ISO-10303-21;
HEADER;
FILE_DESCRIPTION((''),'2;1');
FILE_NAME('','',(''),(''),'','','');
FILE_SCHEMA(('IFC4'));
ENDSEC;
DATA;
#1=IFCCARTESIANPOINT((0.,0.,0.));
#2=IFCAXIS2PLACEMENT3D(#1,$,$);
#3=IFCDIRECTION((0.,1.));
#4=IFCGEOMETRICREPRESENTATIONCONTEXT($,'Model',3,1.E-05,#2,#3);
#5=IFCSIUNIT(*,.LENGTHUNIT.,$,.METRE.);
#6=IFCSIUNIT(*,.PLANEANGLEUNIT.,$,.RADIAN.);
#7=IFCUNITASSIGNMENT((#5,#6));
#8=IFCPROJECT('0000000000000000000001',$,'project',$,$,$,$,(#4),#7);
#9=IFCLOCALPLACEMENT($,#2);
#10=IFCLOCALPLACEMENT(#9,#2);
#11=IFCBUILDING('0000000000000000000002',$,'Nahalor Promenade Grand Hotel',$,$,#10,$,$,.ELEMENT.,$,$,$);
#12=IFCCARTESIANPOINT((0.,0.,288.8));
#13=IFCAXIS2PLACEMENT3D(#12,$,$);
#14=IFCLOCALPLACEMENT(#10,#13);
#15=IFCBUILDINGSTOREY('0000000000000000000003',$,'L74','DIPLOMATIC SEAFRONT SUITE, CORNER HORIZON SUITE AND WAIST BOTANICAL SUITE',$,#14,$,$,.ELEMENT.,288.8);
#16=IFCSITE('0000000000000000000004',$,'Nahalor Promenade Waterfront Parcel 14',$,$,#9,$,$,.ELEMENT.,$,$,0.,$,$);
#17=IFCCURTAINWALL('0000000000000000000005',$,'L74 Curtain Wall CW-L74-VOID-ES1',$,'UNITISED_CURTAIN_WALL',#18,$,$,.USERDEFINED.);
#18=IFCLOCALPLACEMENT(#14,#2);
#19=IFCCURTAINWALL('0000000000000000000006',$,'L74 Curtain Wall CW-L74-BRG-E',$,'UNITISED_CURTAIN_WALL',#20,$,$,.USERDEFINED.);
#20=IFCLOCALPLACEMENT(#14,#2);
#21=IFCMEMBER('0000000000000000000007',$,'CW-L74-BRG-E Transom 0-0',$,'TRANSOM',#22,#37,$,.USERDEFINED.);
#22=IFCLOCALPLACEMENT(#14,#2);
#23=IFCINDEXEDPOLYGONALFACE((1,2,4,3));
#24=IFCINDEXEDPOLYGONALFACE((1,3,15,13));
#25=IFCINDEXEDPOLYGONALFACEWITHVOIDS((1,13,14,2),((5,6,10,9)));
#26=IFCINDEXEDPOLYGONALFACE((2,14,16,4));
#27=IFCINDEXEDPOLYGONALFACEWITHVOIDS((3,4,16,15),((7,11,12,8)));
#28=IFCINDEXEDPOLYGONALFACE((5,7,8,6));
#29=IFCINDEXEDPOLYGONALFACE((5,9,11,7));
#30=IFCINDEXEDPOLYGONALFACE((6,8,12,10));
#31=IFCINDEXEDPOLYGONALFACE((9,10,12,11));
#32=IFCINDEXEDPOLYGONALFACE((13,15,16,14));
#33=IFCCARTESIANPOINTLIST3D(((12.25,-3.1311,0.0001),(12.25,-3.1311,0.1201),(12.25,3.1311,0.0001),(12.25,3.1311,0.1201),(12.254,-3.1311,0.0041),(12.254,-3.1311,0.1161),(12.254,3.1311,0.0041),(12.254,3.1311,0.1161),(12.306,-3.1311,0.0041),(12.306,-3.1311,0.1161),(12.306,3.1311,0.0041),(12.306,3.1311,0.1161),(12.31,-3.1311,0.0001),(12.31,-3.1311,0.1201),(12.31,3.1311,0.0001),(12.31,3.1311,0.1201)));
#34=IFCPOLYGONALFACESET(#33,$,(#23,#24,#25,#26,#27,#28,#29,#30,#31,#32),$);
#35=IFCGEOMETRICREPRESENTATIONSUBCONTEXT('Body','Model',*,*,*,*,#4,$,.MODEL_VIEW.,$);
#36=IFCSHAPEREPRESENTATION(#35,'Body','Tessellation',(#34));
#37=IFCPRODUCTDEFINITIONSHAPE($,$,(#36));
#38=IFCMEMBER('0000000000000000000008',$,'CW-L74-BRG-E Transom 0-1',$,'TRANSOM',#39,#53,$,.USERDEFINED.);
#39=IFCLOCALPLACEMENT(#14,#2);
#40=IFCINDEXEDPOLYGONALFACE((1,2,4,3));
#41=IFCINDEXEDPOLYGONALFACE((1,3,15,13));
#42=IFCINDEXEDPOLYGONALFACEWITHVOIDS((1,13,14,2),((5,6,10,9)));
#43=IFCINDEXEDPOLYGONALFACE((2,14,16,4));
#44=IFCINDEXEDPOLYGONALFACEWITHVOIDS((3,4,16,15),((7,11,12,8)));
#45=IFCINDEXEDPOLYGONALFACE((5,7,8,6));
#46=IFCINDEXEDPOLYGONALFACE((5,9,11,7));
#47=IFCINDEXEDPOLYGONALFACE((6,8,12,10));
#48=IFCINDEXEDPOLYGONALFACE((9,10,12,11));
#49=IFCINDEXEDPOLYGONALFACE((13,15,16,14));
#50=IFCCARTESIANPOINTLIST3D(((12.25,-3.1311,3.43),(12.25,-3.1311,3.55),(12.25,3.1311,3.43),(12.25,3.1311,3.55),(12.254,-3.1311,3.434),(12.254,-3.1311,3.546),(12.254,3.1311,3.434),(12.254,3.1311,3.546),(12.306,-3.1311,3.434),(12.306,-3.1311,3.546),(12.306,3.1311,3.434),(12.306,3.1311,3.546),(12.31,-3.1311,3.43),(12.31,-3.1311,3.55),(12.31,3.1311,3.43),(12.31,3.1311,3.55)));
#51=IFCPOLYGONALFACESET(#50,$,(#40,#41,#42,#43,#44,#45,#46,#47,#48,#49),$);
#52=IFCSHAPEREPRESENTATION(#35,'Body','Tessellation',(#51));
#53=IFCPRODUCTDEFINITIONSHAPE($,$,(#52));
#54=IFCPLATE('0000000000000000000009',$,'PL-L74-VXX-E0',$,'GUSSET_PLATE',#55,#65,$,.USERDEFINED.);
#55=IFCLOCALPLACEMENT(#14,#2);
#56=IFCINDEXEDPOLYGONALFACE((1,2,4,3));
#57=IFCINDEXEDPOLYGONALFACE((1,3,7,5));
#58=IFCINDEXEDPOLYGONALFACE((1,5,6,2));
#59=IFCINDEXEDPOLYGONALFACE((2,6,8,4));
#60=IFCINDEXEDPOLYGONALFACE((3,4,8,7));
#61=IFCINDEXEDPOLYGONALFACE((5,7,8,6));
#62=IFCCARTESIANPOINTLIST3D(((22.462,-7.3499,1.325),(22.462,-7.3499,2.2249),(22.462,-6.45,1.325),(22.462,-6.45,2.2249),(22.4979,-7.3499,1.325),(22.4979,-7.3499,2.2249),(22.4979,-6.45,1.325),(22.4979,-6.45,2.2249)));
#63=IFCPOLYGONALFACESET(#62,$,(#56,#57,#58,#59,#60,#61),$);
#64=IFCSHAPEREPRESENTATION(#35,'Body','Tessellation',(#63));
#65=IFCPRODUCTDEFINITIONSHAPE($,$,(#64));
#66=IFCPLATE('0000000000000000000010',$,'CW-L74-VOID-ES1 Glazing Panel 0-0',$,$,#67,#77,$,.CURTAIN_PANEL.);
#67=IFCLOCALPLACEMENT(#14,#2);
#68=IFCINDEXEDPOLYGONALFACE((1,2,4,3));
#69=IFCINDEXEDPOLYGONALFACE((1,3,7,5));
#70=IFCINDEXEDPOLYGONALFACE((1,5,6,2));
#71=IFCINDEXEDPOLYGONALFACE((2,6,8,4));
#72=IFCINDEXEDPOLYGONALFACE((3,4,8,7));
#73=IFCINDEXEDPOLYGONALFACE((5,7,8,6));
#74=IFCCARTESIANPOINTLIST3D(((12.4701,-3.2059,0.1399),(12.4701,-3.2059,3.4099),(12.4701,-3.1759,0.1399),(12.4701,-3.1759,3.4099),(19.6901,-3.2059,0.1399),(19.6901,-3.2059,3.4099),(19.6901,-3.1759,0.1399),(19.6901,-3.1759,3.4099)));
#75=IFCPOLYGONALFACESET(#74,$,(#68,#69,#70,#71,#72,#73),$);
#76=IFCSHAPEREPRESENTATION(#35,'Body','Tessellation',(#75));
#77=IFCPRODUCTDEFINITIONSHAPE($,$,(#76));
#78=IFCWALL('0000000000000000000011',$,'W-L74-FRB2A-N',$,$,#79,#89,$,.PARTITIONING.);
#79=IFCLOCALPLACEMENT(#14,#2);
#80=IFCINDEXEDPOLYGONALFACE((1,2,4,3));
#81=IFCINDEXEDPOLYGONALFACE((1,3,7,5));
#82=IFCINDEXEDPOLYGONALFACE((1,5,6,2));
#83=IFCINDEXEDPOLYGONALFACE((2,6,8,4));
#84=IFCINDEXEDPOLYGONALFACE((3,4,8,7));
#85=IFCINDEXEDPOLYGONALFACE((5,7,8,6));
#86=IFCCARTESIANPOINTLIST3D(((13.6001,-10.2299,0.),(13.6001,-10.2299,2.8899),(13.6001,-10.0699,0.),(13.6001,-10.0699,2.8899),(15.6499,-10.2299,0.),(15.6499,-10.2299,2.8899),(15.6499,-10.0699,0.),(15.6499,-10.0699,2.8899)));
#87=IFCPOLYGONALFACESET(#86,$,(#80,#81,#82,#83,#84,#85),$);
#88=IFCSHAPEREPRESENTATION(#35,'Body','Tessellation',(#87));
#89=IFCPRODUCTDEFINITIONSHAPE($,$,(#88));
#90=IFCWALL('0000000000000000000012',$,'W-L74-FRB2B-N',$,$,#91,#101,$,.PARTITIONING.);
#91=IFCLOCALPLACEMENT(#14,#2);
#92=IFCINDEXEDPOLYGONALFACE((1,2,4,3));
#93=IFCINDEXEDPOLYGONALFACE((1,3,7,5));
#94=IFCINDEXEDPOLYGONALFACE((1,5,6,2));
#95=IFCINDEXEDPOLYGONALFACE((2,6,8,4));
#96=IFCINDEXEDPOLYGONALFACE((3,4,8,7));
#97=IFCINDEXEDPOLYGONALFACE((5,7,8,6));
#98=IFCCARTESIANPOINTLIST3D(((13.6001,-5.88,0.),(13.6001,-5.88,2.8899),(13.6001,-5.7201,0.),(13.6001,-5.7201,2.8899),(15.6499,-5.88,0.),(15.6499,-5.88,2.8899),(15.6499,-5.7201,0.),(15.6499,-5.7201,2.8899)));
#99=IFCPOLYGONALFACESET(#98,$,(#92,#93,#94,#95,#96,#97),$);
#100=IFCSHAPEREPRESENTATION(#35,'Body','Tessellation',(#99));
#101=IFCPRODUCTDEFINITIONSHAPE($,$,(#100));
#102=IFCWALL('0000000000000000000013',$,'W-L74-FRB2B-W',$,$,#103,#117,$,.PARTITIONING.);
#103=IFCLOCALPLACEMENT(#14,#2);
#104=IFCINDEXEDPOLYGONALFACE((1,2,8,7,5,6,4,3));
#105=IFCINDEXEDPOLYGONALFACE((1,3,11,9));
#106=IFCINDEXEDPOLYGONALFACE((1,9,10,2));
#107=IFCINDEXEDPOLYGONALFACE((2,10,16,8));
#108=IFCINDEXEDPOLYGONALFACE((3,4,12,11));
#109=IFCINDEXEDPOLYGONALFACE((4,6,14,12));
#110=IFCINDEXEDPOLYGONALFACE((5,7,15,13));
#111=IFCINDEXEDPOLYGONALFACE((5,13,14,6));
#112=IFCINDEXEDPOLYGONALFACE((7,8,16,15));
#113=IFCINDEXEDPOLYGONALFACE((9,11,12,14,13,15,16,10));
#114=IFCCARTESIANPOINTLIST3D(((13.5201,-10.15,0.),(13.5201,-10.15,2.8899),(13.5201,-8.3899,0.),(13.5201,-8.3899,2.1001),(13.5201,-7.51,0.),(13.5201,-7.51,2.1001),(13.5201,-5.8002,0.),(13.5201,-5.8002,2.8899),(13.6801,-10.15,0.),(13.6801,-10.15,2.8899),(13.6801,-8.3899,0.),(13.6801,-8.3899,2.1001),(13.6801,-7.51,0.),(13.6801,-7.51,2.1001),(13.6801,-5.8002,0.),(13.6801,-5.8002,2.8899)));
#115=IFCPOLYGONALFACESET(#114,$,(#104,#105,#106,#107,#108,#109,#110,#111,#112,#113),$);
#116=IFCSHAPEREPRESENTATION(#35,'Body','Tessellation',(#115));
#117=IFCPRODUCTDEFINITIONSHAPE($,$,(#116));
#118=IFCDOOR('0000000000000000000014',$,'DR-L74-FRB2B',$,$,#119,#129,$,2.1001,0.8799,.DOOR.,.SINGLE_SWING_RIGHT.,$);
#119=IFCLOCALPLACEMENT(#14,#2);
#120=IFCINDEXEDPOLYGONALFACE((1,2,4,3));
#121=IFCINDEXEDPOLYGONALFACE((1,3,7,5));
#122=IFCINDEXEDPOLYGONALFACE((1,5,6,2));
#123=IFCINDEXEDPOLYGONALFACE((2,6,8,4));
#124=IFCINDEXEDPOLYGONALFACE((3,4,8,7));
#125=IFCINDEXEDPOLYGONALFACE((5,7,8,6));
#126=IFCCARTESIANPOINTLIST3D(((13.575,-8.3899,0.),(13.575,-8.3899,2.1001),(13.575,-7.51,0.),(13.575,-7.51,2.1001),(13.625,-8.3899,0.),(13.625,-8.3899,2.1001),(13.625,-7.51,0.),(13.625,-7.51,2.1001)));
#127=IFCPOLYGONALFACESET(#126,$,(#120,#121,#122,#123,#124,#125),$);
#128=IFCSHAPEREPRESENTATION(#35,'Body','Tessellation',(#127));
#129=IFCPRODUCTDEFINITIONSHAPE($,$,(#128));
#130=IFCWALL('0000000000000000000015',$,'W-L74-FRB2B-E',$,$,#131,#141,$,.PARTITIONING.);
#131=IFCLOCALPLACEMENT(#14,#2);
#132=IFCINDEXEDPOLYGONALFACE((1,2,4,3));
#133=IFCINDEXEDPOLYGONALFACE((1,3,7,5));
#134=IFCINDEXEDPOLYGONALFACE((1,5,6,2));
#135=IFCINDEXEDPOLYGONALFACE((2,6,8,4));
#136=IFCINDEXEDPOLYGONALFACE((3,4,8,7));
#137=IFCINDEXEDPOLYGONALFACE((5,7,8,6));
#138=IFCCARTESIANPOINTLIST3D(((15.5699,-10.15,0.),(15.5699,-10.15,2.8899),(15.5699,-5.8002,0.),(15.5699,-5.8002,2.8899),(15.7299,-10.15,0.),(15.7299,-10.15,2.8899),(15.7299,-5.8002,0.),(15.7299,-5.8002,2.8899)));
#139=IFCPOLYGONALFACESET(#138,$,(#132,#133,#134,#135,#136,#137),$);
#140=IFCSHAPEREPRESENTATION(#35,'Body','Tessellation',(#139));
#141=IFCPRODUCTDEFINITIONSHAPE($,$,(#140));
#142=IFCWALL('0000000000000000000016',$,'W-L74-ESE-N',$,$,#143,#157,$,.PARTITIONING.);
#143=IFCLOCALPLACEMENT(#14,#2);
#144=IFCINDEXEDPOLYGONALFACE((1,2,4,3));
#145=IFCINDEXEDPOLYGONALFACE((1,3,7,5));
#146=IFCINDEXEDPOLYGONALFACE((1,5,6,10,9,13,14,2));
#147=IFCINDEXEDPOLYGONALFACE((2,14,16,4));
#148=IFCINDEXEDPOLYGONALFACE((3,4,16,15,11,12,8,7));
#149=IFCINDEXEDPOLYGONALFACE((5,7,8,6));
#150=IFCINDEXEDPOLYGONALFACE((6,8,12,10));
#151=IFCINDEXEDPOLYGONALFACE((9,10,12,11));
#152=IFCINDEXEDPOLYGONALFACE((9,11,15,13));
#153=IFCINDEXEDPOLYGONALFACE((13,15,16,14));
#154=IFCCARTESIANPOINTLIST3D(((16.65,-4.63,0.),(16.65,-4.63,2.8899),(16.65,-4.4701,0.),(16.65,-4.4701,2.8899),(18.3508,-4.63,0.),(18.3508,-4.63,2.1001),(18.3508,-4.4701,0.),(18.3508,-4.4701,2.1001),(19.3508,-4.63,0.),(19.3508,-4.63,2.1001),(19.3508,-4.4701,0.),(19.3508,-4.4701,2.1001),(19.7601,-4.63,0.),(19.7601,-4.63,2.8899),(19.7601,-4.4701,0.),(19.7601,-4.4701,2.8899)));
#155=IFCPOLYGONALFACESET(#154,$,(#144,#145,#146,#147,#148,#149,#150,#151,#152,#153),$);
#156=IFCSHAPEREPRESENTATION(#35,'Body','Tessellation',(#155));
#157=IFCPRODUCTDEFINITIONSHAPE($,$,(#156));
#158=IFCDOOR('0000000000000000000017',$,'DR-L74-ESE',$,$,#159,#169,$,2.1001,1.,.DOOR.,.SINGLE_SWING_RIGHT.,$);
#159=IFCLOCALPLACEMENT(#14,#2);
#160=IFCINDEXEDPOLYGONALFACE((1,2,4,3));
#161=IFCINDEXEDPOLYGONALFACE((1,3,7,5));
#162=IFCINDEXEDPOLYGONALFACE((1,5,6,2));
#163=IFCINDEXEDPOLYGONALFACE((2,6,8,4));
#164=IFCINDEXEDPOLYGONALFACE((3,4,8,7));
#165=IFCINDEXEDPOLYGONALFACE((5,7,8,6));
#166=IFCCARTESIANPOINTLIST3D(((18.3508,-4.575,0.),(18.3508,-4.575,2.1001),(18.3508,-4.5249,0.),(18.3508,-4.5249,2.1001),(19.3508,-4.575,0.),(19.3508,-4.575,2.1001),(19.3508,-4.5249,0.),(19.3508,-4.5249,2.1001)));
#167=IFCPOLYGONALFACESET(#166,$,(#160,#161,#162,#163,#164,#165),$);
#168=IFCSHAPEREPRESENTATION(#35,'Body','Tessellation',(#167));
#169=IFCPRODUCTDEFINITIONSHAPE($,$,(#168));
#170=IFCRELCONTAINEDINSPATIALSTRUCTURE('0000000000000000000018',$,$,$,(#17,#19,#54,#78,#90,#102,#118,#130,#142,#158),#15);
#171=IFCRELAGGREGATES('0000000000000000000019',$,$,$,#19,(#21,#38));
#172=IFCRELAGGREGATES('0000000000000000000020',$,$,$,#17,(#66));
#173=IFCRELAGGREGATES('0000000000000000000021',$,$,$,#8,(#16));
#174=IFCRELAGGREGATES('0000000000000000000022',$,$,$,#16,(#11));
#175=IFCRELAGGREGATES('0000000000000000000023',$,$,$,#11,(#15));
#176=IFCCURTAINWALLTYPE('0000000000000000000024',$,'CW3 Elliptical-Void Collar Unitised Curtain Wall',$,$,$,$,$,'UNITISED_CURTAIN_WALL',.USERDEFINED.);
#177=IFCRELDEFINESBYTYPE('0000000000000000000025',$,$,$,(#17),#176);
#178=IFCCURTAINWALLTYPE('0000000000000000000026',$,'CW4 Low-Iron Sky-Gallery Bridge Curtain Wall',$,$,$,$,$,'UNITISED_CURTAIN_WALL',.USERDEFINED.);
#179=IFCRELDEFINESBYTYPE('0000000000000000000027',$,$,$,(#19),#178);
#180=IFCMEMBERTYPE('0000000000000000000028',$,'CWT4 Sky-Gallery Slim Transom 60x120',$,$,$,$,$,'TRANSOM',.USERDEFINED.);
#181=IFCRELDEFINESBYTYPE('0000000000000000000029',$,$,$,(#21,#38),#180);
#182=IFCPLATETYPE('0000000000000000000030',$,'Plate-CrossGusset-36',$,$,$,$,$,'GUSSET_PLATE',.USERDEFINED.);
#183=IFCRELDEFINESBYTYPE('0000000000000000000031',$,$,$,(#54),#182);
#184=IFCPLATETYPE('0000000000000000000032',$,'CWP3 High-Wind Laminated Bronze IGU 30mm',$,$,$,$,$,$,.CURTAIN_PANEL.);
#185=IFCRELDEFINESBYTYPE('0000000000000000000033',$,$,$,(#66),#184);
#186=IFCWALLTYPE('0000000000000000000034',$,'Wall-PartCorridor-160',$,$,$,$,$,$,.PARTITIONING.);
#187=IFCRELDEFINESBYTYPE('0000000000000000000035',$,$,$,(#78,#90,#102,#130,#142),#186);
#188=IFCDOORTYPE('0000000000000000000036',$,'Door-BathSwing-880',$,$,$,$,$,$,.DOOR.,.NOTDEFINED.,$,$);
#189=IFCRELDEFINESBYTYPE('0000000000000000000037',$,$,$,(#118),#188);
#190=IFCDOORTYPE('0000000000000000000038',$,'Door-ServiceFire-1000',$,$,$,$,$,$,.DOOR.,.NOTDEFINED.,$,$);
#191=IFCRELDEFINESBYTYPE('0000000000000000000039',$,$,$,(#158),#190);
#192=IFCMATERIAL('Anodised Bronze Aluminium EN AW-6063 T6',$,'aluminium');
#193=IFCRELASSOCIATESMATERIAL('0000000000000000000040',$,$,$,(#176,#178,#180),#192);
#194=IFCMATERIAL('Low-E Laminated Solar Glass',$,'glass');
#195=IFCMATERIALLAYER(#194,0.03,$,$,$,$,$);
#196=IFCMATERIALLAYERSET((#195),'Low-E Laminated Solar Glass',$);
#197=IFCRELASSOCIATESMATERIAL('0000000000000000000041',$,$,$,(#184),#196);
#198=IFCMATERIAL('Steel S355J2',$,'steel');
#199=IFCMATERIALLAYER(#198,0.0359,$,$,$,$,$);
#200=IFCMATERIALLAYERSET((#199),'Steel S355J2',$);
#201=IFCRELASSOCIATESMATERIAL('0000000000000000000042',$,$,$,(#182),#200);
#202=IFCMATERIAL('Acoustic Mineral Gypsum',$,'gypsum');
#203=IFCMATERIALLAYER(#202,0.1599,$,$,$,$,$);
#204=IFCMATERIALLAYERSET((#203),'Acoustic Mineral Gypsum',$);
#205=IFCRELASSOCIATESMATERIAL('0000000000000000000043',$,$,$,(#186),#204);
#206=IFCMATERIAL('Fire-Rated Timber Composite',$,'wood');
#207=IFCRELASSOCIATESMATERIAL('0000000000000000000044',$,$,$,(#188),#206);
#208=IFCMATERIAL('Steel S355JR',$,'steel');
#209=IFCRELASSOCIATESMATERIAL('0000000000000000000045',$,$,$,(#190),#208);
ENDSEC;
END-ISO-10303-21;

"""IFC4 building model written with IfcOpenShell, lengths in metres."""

from ifc_helpers import new_model, si_unit, direction, frame, frame_2d, origin, origin_2d, place, context, subcontext, project, spatial, rectangle, hollow_rectangle, extrude, source, transform, mapped, material, layer, layer_set, material_profile, profile_set, type_object, element, fill, aggregate, save


model = new_model("IFC4")

# Units and contexts
model_context = context("Model", 3, precision=1e-05, world=origin(), true_north=direction((0.0, 1.0)))
body_context = subcontext(model_context, "Body", "Model", "MODEL_VIEW")
ifc_project = project(units=[si_unit("LENGTHUNIT", "METRE"), si_unit("PLANEANGLEUNIT", "RADIAN")], contexts=[model_context])

# Site, building, storey
site_placement = place(None, origin())
site = spatial("IfcSite", under=ifc_project, at=site_placement, Name="Nahalor Promenade Waterfront Parcel 14", CompositionType="ELEMENT", RefElevation=0.0)
building_placement = place(site_placement, origin())
building = spatial("IfcBuilding", under=site, at=building_placement, Name="Nahalor Promenade Grand Hotel", CompositionType="ELEMENT")
storey_placement = place(building_placement, frame((0.0, 0.0, 288.8)))
storey = spatial("IfcBuildingStorey", under=building, at=storey_placement, Name="L74", Description="DIPLOMATIC SEAFRONT SUITE, CORNER HORIZON SUITE AND WAIST BOTANICAL SUITE", CompositionType="ELEMENT", Elevation=288.8)

# Shared definitions
ifc_material_1 = material(Name="Steel S355JR", Category="steel")

# Curtain wall
ifc_material_2 = material(Name="Anodised Bronze Aluminium EN AW-6063 T6", Category="aluminium")
curtain_wall_type_1 = type_object("IfcCurtainWallType", Name="CW3 Elliptical-Void Collar Unitised Curtain Wall", ElementType="UNITISED_CURTAIN_WALL", PredefinedType="USERDEFINED", material=ifc_material_2)
curtain_wall_1_placement = place(storey_placement, origin())
curtain_wall_1 = element("IfcCurtainWall", 1, at=curtain_wall_1_placement, inside=storey, type_object=curtain_wall_type_1, Name="L74 Curtain Wall CW-L74-VOID-ES1", ObjectType="UNITISED_CURTAIN_WALL", PredefinedType="USERDEFINED")

# Curtain wall, members
curtain_wall_type_2 = type_object("IfcCurtainWallType", Name="CW4 Low-Iron Sky-Gallery Bridge Curtain Wall", ElementType="UNITISED_CURTAIN_WALL", PredefinedType="USERDEFINED", material=ifc_material_2)
curtain_wall_2_placement = place(storey_placement, origin())
curtain_wall_2 = element("IfcCurtainWall", 2, at=curtain_wall_2_placement, inside=storey, type_object=curtain_wall_type_2, Name="L74 Curtain Wall CW-L74-BRG-E", ObjectType="UNITISED_CURTAIN_WALL", PredefinedType="USERDEFINED")
ifc_material_profile_1 = material_profile(ifc_material_2, hollow_rectangle(XDim=0.06, YDim=0.12, WallThickness=0.004, at=origin_2d()), Name="CWT 60x120x4")
ifc_profile_set_1 = profile_set([ifc_material_profile_1], Name="Anodised Bronze Aluminium EN AW-6063 T6")
member_type_1 = type_object("IfcMemberType", Name="CWT4 Sky-Gallery Slim Transom 60x120", ElementType="TRANSOM", PredefinedType="USERDEFINED", material=ifc_profile_set_1)
shared_shape_1 = source(origin(), body_context, "Body", "SweptSolid", [
    extrude(hollow_rectangle(XDim=0.06, YDim=0.12, WallThickness=0.004, at=origin_2d()), origin(), (0.0, 0.0, 1.0), 6.2622),
])
member_1_placement = place(storey_placement, frame((12.28, -3.1311, 0.0601), z_axis=(0.0, 1.0, 0.0), x_axis=(-1.0, 0.0, 0.0)))
member_1 = element("IfcMember", 3, at=member_1_placement, type_object=member_type_1, Name="CW-L74-BRG-E Transom 0-0", ObjectType="TRANSOM", PredefinedType="USERDEFINED", context=body_context, shape_type="MappedRepresentation", body=[
    mapped(shared_shape_1, transform((0.0, 0.0, 0.0), scale=1.0)),
])
member_2_placement = place(storey_placement, frame((12.28, -3.1311, 3.49), z_axis=(0.0, 1.0, 0.0), x_axis=(-1.0, 0.0, 0.0)))
member_2 = element("IfcMember", 4, at=member_2_placement, type_object=member_type_1, Name="CW-L74-BRG-E Transom 0-1", ObjectType="TRANSOM", PredefinedType="USERDEFINED", context=body_context, shape_type="MappedRepresentation", body=[
    mapped(shared_shape_1, transform((0.0, 0.0, 0.0), scale=1.0)),
])
aggregate(curtain_wall_2, [member_1, member_2])

# Plates
ifc_material_3 = material(Name="Low-E Laminated Solar Glass", Category="glass")
ifc_layer_1 = layer(ifc_material_3, 0.03)
ifc_layer_set_1 = layer_set([ifc_layer_1], Name="Low-E Laminated Solar Glass")
plate_type_1 = type_object("IfcPlateType", Name="CWP3 High-Wind Laminated Bronze IGU 30mm", PredefinedType="CURTAIN_PANEL", material=ifc_layer_set_1)
ifc_material_4 = material(Name="Steel S355J2", Category="steel")
ifc_layer_2 = layer(ifc_material_4, 0.0359)
ifc_layer_set_2 = layer_set([ifc_layer_2], Name="Steel S355J2")
plate_type_2 = type_object("IfcPlateType", Name="Plate-CrossGusset-36", ElementType="GUSSET_PLATE", PredefinedType="USERDEFINED", material=ifc_layer_set_2)
shared_shape_2 = source(origin(), body_context, "Body", "SweptSolid", [
    extrude(rectangle(XDim=0.8999, YDim=0.0359, at=origin_2d()), origin(), (0.0, 0.0, 1.0), 0.8999),
])
plate_1_placement = place(storey_placement, frame((22.48, -6.8999, 1.325), z_axis=(0.0, 0.0, 1.0), x_axis=(0.0, 1.0, 0.0)))
element("IfcPlate", 5, at=plate_1_placement, inside=storey, type_object=plate_type_2, Name="PL-L74-VXX-E0", ObjectType="GUSSET_PLATE", PredefinedType="USERDEFINED", context=body_context, shape_type="MappedRepresentation", body=[
    mapped(shared_shape_2, transform((0.0, 0.0, 0.0), scale=1.0)),
])
shared_shape_3 = source(origin(), body_context, "Body", "SweptSolid", [
    extrude(rectangle(XDim=7.22, YDim=0.03, at=origin_2d()), origin(), (0.0, 0.0, 1.0), 3.27),
])
plate_2_placement = place(storey_placement, frame((16.0801, -3.1909, 0.1399), z_axis=(0.0, 0.0, 1.0), x_axis=(1.0, 0.0, 0.0)))
plate_2 = element("IfcPlate", 6, at=plate_2_placement, type_object=plate_type_1, Name="CW-L74-VOID-ES1 Glazing Panel 0-0", PredefinedType="CURTAIN_PANEL", context=body_context, shape_type="MappedRepresentation", body=[
    mapped(shared_shape_3, transform((0.0, 0.0, 0.0), scale=1.0)),
])
aggregate(curtain_wall_1, [plate_2])

# Walls
ifc_material_5 = material(Name="Acoustic Mineral Gypsum", Category="gypsum")
ifc_layer_3 = layer(ifc_material_5, 0.1599)
ifc_layer_set_3 = layer_set([ifc_layer_3], Name="Acoustic Mineral Gypsum")
wall_type = type_object("IfcWallType", Name="Wall-PartCorridor-160", PredefinedType="PARTITIONING", material=ifc_layer_set_3)
shared_shape_4 = source(origin(), body_context, "Body", "SweptSolid", [
    extrude(rectangle(XDim=2.0498, YDim=0.1599, at=frame_2d((1.0249, 0.0))), origin(), (0.0, 0.0, 1.0), 2.8899),
])
for number, where, z_axis, x_axis, name in (
    (7, (13.6001, -10.1499, 0.0), (0.0, 0.0, 1.0), (1.0, 0.0, 0.0), "W-L74-FRB2A-N"),
    (8, (13.6001, -5.8, 0.0), (0.0, 0.0, 1.0), (1.0, 0.0, 0.0), "W-L74-FRB2B-N"),
):
    element("IfcWall", number, at=place(storey_placement, frame(where, z_axis=z_axis, x_axis=x_axis)), inside=storey, type_object=wall_type, Name=name, PredefinedType="PARTITIONING", context=body_context, shape_type="MappedRepresentation", body=[
        mapped(shared_shape_4, transform((0.0, 0.0, 0.0), scale=1.0)),
    ])

# Wall, opening, door
shared_shape_5 = source(origin(), body_context, "Body", "SweptSolid", [
    extrude(rectangle(XDim=4.3499, YDim=0.1599, at=frame_2d((2.1748, 0.0))), origin(), (0.0, 0.0, 1.0), 2.8899),
])
wall_1_placement = place(storey_placement, frame((13.6001, -10.1499, 0.0), z_axis=(0.0, 0.0, 1.0), x_axis=(0.0, 1.0, 0.0)))
wall_1 = element("IfcWall", 9, at=wall_1_placement, inside=storey, type_object=wall_type, Name="W-L74-FRB2B-W", PredefinedType="PARTITIONING", context=body_context, shape_type="MappedRepresentation", body=[
    mapped(shared_shape_5, transform((0.0, 0.0, 0.0), scale=1.0)),
])
opening_1_placement = place(wall_1_placement, frame((1.76, 0.0, 0.0)))
opening_1 = element("IfcOpeningElement", 10, at=opening_1_placement, cuts=wall_1, PredefinedType="OPENING", context=body_context, shape_type="SweptSolid", body=[
    extrude(rectangle(XDim=0.8799, YDim=2.1001, at=frame_2d((0.4399, 1.05))), frame((0.0, 0.0898, 0.0), z_axis=(0.0, -1.0, 0.0), x_axis=(1.0, 0.0, 0.0)), (0.0, 0.0, 1.0), 0.1799),
])
ifc_material_6 = material(Name="Fire-Rated Timber Composite", Category="wood")
door_type_1 = type_object("IfcDoorType", Name="Door-BathSwing-880", OperationType="NOTDEFINED", PredefinedType="DOOR", material=ifc_material_6)
shared_shape_6 = source(origin(), body_context, "Body", "SweptSolid", [
    extrude(rectangle(XDim=0.8799, YDim=2.1001, at=frame_2d((0.4399, 1.05))), frame((0.0, 0.0249, 0.0), z_axis=(0.0, -1.0, 0.0), x_axis=(1.0, 0.0, 0.0)), (0.0, 0.0, 1.0), 0.05),
])
door_1_placement = place(opening_1_placement, frame((0.8799, 0.0, 0.0), z_axis=(0.0, 0.0, 1.0), x_axis=(-1.0, 0.0, 0.0)))
door_1 = element("IfcDoor", 11, at=door_1_placement, inside=storey, type_object=door_type_1, Name="DR-L74-FRB2B", OperationType="SINGLE_SWING_RIGHT", OverallHeight=2.1001, OverallWidth=0.8799, PredefinedType="DOOR", context=body_context, shape_type="MappedRepresentation", body=[
    mapped(shared_shape_6, transform((0.0, 0.0, 0.0), scale=1.0)),
])
fill(opening_1, door_1)

# Wall
wall_2_placement = place(storey_placement, frame((15.6499, -10.1499, 0.0), z_axis=(0.0, 0.0, 1.0), x_axis=(0.0, 1.0, 0.0)))
element("IfcWall", 12, at=wall_2_placement, inside=storey, type_object=wall_type, Name="W-L74-FRB2B-E", PredefinedType="PARTITIONING", context=body_context, shape_type="MappedRepresentation", body=[
    mapped(shared_shape_5, transform((0.0, 0.0, 0.0), scale=1.0)),
])

# Wall, opening, door
shared_shape_7 = source(origin(), body_context, "Body", "SweptSolid", [
    extrude(rectangle(XDim=3.1101, YDim=0.1599, at=frame_2d((1.5552, 0.0))), origin(), (0.0, 0.0, 1.0), 2.8899),
])
wall_3_placement = place(storey_placement, frame((16.6499, -4.55, 0.0), z_axis=(0.0, 0.0, 1.0), x_axis=(1.0, 0.0, 0.0)))
wall_3 = element("IfcWall", 13, at=wall_3_placement, inside=storey, type_object=wall_type, Name="W-L74-ESE-N", PredefinedType="PARTITIONING", context=body_context, shape_type="MappedRepresentation", body=[
    mapped(shared_shape_7, transform((0.0, 0.0, 0.0), scale=1.0)),
])
opening_2_placement = place(wall_3_placement, frame((1.7009, 0.0, 0.0)))
opening_2 = element("IfcOpeningElement", 14, at=opening_2_placement, cuts=wall_3, PredefinedType="OPENING", context=body_context, shape_type="SweptSolid", body=[
    extrude(rectangle(XDim=1.0, YDim=2.1001, at=frame_2d((0.5, 1.05))), frame((0.0, 0.0898, 0.0), z_axis=(0.0, -1.0, 0.0), x_axis=(1.0, 0.0, 0.0)), (0.0, 0.0, 1.0), 0.1799),
])
door_type_2 = type_object("IfcDoorType", Name="Door-ServiceFire-1000", OperationType="NOTDEFINED", PredefinedType="DOOR", material=ifc_material_1)
shared_shape_8 = source(origin(), body_context, "Body", "SweptSolid", [
    extrude(rectangle(XDim=1.0, YDim=2.1001, at=frame_2d((0.5, 1.05))), frame((0.0, 0.0249, 0.0), z_axis=(0.0, -1.0, 0.0), x_axis=(1.0, 0.0, 0.0)), (0.0, 0.0, 1.0), 0.05),
])
door_2_placement = place(opening_2_placement, frame((1.0, 0.0, 0.0), z_axis=(0.0, 0.0, 1.0), x_axis=(-1.0, 0.0, 0.0)))
door_2 = element("IfcDoor", 15, at=door_2_placement, inside=storey, type_object=door_type_2, Name="DR-L74-ESE", OperationType="SINGLE_SWING_RIGHT", OverallHeight=2.1001, OverallWidth=1.0, PredefinedType="DOOR", context=body_context, shape_type="MappedRepresentation", body=[
    mapped(shared_shape_8, transform((0.0, 0.0, 0.0), scale=1.0)),
])
fill(opening_2, door_2)

save(model, "model.ifc")
